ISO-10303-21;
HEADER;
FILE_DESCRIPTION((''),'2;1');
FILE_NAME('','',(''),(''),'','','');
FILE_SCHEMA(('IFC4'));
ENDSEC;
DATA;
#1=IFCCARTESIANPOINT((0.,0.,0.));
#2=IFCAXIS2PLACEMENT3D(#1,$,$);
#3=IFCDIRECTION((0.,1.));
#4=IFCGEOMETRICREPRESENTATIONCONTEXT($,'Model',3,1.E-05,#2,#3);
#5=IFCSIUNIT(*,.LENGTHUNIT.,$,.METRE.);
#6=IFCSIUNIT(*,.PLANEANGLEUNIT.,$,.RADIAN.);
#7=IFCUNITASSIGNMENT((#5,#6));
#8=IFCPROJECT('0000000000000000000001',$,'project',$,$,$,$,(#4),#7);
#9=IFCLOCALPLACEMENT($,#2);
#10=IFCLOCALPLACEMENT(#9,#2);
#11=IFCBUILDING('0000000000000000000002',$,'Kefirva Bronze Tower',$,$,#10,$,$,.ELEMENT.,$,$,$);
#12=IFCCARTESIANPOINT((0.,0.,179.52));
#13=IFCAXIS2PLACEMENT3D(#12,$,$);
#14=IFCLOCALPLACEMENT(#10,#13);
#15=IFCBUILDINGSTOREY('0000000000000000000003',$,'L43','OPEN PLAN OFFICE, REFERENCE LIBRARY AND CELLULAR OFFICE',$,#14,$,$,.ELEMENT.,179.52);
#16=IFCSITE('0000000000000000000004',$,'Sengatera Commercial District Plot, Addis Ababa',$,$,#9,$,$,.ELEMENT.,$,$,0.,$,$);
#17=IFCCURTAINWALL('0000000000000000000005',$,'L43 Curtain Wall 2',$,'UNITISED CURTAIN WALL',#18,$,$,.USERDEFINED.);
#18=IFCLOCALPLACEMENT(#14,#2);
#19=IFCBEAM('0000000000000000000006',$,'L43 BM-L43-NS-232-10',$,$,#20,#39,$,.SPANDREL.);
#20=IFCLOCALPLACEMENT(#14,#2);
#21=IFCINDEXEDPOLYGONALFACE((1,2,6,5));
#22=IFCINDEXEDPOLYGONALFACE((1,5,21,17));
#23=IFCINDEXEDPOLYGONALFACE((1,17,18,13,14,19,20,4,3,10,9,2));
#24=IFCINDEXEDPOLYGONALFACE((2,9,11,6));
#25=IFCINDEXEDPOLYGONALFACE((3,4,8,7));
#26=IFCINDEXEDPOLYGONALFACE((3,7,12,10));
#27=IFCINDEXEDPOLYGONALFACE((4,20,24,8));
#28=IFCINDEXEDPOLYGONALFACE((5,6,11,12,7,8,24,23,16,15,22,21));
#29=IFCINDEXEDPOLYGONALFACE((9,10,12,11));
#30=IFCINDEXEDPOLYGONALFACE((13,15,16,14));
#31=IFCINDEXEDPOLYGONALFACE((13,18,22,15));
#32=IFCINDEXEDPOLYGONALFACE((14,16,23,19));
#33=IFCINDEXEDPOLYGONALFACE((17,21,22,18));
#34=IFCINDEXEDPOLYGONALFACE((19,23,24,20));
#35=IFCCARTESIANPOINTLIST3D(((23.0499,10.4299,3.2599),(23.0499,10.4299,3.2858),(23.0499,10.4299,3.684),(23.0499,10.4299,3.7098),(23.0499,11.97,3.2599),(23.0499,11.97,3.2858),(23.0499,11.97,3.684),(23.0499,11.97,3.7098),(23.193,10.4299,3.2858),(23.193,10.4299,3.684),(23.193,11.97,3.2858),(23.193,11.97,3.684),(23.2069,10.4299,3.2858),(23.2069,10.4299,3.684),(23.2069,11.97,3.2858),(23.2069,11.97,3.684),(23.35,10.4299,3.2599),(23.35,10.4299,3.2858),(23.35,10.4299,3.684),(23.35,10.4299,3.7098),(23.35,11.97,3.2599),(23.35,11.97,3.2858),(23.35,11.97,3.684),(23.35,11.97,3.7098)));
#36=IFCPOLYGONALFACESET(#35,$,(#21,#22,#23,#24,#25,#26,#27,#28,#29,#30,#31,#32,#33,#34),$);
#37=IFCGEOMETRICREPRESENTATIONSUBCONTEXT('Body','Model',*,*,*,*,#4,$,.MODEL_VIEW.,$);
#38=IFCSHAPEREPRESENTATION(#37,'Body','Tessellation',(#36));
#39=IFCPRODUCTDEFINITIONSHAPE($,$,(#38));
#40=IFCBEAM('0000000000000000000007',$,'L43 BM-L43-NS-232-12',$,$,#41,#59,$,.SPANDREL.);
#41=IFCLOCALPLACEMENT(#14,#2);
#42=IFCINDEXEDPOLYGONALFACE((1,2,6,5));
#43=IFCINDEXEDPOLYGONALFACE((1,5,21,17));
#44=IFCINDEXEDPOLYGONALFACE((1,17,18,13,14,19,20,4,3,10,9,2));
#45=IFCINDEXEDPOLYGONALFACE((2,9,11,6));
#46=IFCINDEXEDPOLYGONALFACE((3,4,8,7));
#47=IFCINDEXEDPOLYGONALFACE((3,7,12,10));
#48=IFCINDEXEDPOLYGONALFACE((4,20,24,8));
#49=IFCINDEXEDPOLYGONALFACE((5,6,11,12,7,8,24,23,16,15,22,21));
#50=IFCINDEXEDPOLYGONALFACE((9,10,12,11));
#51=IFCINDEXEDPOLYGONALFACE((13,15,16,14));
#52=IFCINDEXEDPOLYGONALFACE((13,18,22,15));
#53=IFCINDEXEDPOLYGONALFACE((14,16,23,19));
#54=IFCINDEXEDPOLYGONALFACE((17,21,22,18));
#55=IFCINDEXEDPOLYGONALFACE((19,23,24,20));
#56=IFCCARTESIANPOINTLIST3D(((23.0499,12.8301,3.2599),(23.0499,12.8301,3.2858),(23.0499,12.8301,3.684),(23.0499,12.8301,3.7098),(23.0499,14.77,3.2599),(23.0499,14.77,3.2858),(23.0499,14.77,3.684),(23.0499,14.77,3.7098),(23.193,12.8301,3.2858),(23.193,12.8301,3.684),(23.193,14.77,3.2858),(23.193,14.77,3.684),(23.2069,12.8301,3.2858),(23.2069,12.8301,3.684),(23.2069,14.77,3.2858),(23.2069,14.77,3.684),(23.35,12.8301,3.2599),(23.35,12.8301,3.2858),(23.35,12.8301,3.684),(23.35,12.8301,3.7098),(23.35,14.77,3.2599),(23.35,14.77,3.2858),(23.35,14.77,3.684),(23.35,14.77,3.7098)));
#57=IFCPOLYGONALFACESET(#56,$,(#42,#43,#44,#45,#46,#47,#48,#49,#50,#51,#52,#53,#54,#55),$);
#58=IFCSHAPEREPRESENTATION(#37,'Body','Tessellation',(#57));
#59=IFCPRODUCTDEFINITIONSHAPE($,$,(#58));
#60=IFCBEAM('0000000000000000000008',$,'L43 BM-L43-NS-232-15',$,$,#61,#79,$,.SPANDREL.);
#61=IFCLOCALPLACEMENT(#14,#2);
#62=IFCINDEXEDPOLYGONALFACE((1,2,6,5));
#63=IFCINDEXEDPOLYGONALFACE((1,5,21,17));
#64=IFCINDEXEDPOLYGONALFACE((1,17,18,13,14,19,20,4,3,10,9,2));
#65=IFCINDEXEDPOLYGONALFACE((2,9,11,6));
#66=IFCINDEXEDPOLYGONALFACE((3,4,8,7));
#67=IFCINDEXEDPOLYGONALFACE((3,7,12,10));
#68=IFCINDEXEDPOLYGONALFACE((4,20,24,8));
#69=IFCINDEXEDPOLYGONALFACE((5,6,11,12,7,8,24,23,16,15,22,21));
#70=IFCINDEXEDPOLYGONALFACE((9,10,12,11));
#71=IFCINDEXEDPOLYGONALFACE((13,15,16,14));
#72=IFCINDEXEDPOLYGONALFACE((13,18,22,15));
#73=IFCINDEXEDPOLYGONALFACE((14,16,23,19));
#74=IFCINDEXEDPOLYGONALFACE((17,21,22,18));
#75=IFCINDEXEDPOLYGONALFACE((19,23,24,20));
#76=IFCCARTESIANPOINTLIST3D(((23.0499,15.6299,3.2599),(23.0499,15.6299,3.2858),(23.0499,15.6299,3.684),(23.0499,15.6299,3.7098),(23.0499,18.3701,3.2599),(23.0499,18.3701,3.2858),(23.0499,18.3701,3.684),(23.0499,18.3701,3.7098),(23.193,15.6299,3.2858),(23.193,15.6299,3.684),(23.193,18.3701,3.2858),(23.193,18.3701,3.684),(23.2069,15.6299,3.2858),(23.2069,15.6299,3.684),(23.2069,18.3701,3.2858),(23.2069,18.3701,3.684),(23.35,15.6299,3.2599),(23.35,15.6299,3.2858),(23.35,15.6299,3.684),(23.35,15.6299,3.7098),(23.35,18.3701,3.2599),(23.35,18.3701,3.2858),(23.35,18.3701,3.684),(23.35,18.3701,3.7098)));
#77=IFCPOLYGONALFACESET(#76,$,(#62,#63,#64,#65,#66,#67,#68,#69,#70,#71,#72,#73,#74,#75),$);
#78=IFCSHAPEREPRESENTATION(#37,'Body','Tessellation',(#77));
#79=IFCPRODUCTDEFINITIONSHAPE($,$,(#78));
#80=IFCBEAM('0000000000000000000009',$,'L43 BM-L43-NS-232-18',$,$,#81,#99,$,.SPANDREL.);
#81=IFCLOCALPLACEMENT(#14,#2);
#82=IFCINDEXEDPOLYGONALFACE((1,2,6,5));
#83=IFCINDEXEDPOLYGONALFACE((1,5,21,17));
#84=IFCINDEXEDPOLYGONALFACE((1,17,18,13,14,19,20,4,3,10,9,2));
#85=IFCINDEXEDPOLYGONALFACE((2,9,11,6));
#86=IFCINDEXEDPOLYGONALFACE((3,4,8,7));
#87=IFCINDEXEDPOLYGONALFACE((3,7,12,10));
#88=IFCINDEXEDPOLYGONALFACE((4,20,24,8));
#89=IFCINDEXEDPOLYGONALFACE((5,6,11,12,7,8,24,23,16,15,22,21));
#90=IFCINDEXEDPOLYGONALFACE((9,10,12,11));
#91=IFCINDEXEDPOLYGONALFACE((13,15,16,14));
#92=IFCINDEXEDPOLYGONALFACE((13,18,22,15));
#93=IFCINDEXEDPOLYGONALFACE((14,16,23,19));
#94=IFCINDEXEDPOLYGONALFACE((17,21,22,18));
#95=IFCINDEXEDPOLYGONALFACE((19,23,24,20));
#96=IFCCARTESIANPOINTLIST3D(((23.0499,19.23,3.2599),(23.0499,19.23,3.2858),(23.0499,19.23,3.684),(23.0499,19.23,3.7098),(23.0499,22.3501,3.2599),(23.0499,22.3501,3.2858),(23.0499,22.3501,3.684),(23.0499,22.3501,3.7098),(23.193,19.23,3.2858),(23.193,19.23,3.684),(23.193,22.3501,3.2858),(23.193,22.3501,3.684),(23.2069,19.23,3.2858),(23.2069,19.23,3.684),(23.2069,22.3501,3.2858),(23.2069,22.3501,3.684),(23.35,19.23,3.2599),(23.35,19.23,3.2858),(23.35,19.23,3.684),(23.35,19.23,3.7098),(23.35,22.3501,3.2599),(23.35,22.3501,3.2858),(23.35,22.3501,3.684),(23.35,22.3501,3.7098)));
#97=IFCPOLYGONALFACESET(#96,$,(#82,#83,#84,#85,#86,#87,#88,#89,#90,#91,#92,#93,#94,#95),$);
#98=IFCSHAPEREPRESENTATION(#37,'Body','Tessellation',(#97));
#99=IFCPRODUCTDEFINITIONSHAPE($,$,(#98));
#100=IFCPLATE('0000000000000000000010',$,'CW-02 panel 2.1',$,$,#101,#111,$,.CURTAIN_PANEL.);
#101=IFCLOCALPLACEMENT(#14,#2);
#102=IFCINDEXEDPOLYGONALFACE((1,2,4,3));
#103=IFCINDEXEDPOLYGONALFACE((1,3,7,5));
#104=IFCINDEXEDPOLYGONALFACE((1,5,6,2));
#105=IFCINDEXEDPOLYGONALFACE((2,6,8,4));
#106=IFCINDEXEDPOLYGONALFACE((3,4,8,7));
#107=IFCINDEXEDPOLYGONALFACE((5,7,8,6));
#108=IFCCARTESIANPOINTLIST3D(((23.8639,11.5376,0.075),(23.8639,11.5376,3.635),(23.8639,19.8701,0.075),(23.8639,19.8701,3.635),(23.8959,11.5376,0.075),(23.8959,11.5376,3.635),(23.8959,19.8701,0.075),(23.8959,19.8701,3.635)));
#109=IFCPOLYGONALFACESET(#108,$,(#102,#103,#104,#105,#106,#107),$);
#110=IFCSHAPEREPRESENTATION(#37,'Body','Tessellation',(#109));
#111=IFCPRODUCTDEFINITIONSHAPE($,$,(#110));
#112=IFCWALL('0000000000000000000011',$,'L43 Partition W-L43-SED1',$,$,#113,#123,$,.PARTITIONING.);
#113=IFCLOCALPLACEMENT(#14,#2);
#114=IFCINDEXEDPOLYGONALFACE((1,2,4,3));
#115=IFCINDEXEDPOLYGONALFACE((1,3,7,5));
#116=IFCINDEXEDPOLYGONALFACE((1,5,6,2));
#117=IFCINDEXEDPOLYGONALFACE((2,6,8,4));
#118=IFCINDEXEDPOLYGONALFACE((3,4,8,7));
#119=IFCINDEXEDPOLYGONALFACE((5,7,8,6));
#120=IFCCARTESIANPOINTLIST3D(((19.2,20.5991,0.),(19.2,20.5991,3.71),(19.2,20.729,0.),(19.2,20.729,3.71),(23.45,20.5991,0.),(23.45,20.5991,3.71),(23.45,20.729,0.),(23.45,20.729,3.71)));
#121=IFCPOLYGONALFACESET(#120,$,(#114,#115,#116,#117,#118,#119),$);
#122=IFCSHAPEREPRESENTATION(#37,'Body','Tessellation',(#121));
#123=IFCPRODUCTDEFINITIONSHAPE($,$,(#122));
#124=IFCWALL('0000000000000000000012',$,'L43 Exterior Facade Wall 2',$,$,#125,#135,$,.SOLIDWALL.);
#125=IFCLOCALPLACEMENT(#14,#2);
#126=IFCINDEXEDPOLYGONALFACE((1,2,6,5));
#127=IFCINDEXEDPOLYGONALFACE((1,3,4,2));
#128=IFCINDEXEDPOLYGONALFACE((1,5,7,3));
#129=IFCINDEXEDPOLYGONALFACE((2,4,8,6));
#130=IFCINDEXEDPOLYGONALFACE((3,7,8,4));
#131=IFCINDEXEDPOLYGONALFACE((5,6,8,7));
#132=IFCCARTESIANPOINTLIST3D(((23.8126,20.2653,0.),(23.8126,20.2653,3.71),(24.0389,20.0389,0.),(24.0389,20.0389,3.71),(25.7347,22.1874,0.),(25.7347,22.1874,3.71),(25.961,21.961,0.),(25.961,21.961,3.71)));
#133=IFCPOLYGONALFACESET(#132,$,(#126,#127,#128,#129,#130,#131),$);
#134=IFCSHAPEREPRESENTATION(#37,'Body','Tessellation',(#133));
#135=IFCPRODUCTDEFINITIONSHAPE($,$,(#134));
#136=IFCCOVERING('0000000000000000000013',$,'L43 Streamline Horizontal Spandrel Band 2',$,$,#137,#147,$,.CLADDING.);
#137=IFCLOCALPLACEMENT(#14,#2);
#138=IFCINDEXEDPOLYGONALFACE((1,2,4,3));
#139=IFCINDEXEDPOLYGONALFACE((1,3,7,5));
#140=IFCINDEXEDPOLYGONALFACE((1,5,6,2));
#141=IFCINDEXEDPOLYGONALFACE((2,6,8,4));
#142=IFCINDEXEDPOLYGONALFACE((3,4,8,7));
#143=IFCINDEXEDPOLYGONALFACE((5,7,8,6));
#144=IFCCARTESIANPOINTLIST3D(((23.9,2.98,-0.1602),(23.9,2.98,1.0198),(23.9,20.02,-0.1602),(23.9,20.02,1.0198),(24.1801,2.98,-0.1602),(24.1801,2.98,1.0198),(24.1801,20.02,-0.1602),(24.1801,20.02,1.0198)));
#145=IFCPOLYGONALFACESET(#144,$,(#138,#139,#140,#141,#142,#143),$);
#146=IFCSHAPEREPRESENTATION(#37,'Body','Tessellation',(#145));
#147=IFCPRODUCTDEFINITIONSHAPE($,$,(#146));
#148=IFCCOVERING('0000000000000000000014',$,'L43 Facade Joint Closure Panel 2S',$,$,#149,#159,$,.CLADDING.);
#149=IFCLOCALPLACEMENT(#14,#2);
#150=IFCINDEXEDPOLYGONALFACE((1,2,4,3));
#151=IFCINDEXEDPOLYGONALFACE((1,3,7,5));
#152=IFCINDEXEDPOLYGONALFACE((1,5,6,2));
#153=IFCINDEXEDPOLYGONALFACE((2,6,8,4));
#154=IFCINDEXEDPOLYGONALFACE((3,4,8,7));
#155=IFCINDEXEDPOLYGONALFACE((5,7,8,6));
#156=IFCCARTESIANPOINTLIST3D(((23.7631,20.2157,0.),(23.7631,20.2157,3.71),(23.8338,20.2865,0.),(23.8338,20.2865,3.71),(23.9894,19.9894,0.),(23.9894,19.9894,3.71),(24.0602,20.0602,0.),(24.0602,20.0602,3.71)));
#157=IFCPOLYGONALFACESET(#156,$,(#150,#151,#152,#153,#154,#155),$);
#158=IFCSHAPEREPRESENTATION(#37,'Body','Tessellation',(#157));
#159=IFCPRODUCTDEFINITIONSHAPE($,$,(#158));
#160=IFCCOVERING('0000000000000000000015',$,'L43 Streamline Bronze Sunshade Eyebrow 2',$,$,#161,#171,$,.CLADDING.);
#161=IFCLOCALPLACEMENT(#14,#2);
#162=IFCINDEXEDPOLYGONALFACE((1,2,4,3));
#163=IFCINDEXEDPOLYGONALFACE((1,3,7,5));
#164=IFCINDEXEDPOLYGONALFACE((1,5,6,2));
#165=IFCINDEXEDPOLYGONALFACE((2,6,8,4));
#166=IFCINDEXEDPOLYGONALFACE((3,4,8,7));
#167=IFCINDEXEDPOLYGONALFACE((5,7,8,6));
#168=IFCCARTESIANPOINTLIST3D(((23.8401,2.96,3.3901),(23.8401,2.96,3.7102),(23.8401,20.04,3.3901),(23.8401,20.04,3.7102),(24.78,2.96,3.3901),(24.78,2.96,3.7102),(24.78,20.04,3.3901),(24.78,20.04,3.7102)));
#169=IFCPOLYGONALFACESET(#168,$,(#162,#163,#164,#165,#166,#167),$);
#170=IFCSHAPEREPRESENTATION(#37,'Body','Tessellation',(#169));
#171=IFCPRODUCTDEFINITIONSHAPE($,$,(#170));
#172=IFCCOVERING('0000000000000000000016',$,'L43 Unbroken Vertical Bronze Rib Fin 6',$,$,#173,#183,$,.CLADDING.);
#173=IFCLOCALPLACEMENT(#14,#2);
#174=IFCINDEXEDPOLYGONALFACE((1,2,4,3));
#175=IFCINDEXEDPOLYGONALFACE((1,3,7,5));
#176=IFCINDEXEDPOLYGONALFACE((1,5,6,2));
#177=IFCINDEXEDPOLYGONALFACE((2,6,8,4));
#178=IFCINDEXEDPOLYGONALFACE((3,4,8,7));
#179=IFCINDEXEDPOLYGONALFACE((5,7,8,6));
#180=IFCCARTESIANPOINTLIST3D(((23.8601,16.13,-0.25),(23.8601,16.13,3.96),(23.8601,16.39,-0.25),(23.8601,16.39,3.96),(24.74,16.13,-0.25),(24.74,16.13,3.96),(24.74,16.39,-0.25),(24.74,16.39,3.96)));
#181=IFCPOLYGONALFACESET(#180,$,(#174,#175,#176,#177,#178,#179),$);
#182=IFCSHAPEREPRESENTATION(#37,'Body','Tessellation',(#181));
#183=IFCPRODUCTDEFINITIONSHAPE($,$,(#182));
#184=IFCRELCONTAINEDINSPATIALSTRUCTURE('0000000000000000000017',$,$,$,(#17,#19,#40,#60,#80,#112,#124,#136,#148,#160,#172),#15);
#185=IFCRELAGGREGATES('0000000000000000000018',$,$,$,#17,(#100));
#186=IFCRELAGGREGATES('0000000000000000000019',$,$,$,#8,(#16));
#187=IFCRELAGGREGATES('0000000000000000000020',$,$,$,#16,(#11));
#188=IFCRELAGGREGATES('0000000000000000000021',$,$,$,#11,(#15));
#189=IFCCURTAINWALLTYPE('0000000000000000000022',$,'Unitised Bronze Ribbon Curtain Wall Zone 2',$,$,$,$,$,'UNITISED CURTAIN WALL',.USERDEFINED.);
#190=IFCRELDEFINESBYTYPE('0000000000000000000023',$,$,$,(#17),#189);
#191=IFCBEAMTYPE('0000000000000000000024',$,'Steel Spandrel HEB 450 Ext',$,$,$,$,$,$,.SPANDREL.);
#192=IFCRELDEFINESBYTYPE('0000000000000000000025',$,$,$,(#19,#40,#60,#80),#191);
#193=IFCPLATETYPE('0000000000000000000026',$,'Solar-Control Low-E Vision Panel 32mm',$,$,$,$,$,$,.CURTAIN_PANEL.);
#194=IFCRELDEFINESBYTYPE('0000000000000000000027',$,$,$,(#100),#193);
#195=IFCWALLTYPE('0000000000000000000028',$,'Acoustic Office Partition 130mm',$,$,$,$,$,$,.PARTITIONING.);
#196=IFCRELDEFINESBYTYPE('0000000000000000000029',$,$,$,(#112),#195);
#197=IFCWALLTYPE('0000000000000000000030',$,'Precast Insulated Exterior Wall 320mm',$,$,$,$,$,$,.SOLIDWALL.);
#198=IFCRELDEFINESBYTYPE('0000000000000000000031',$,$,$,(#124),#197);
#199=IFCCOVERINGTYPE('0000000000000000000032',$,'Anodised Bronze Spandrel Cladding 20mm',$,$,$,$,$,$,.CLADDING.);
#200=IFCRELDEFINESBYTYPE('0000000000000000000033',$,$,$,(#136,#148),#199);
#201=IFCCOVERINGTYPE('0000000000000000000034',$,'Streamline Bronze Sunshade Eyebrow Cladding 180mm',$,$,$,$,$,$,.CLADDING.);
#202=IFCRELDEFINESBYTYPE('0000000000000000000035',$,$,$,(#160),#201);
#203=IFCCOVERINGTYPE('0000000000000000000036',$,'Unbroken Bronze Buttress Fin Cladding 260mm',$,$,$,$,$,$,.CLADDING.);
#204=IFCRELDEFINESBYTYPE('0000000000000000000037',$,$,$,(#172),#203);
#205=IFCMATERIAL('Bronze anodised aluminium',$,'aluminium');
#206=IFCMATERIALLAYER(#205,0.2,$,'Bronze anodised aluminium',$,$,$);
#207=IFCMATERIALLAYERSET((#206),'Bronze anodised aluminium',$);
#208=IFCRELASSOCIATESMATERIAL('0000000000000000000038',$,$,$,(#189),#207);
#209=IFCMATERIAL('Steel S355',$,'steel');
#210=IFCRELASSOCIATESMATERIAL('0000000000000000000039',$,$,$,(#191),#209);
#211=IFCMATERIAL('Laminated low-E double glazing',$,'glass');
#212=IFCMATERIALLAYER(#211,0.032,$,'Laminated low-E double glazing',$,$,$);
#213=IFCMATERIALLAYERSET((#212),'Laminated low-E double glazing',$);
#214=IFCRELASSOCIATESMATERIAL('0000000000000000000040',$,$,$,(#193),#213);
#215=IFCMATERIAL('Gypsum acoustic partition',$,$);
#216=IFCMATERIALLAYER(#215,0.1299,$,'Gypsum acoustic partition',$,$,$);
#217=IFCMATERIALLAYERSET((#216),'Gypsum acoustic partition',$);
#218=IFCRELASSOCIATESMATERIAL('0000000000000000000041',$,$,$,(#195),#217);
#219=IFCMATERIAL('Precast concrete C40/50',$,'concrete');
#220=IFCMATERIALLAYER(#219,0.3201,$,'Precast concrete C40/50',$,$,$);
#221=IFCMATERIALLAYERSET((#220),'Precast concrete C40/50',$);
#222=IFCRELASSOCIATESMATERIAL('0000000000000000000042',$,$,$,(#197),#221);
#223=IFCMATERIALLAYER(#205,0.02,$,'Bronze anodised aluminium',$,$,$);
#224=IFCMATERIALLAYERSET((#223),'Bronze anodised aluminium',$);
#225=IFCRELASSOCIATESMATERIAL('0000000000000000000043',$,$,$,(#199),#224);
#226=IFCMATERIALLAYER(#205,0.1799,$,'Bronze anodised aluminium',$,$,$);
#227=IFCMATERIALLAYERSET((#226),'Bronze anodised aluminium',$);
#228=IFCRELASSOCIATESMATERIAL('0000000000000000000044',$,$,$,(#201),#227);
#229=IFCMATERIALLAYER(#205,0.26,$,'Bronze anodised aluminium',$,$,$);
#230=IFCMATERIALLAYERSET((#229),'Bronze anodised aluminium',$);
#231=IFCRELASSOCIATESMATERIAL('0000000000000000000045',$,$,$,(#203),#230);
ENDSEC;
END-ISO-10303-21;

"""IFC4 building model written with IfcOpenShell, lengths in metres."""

from ifc_helpers import new_model, si_unit, direction, frame, frame_2d, origin, origin_2d, place, context, subcontext, project, spatial, rectangle, i_section, extrude, material, layer, layer_set, material_profile, profile_set, type_object, element, aggregate, save


model = new_model("IFC4")

# Units and contexts
model_context = context("Model", 3, precision=1e-05, world=origin(), true_north=direction((0.0, 1.0)))
body_context = subcontext(model_context, "Body", "Model", "MODEL_VIEW")
ifc_project = project(units=[si_unit("LENGTHUNIT", "METRE"), si_unit("PLANEANGLEUNIT", "RADIAN")], contexts=[model_context])

# Site, building, storey
site_placement = place(None, origin())
site = spatial("IfcSite", under=ifc_project, at=site_placement, Name="Sengatera Commercial District Plot, Addis Ababa", CompositionType="ELEMENT", RefElevation=0.0)
building_placement = place(site_placement, origin())
building = spatial("IfcBuilding", under=site, at=building_placement, Name="Kefirva Bronze Tower", CompositionType="ELEMENT")
storey_placement = place(building_placement, frame((0.0, 0.0, 179.52)))
storey = spatial("IfcBuildingStorey", under=building, at=storey_placement, Name="L43", Description="OPEN PLAN OFFICE, REFERENCE LIBRARY AND CELLULAR OFFICE", CompositionType="ELEMENT", Elevation=179.52)

# Curtain wall
ifc_material_1 = material(Name="Bronze anodised aluminium", Category="aluminium")
ifc_layer_1 = layer(ifc_material_1, 0.2, Name="Bronze anodised aluminium")
ifc_layer_set_1 = layer_set([ifc_layer_1], Name="Bronze anodised aluminium")
curtain_wall_type = type_object("IfcCurtainWallType", Name="Unitised Bronze Ribbon Curtain Wall Zone 2", ElementType="UNITISED CURTAIN WALL", PredefinedType="USERDEFINED", material=ifc_layer_set_1)
curtain_wall_placement = place(storey_placement, origin())
curtain_wall = element("IfcCurtainWall", 1, at=curtain_wall_placement, inside=storey, type_object=curtain_wall_type, Name="L43 Curtain Wall 2", ObjectType="UNITISED CURTAIN WALL", PredefinedType="USERDEFINED")

# Beams
ifc_material_2 = material(Name="Steel S355", Category="steel")
ifc_material_profile_1 = material_profile(ifc_material_2, i_section(OverallWidth=0.3, OverallDepth=0.45, WebThickness=0.0139, FlangeThickness=0.0259, at=origin_2d()), Name="HEB 450")
ifc_profile_set_1 = profile_set([ifc_material_profile_1], Name="Steel S355")
beam_type_1 = type_object("IfcBeamType", Name="Steel Spandrel HEB 450 Ext", PredefinedType="SPANDREL", material=ifc_profile_set_1)
beam_1_placement = place(storey_placement, frame((23.2, 10.4299, 3.4849), z_axis=(0.0, 1.0, 0.0), x_axis=(-1.0, 0.0, 0.0)))
element("IfcBeam", 2, at=beam_1_placement, inside=storey, type_object=beam_type_1, Name="L43 BM-L43-NS-232-10", PredefinedType="SPANDREL", context=body_context, shape_type="SweptSolid", body=[
    extrude(i_section(OverallWidth=0.3, OverallDepth=0.45, WebThickness=0.0139, FlangeThickness=0.0259, at=origin_2d()), origin(), (0.0, 0.0, 1.0), 1.54),
])
beam_2_placement = place(storey_placement, frame((23.2, 12.8301, 3.4849), z_axis=(0.0, 1.0, 0.0), x_axis=(-1.0, 0.0, 0.0)))
element("IfcBeam", 3, at=beam_2_placement, inside=storey, type_object=beam_type_1, Name="L43 BM-L43-NS-232-12", PredefinedType="SPANDREL", context=body_context, shape_type="SweptSolid", body=[
    extrude(i_section(OverallWidth=0.3, OverallDepth=0.45, WebThickness=0.0139, FlangeThickness=0.0259, at=origin_2d()), origin(), (0.0, 0.0, 1.0), 1.9399),
])
beam_3_placement = place(storey_placement, frame((23.2, 15.6299, 3.4849), z_axis=(0.0, 1.0, 0.0), x_axis=(-1.0, 0.0, 0.0)))
element("IfcBeam", 4, at=beam_3_placement, inside=storey, type_object=beam_type_1, Name="L43 BM-L43-NS-232-15", PredefinedType="SPANDREL", context=body_context, shape_type="SweptSolid", body=[
    extrude(i_section(OverallWidth=0.3, OverallDepth=0.45, WebThickness=0.0139, FlangeThickness=0.0259, at=origin_2d()), origin(), (0.0, 0.0, 1.0), 2.7402),
])
beam_4_placement = place(storey_placement, frame((23.2, 19.23, 3.4849), z_axis=(0.0, 1.0, 0.0), x_axis=(-1.0, 0.0, 0.0)))
element("IfcBeam", 5, at=beam_4_placement, inside=storey, type_object=beam_type_1, Name="L43 BM-L43-NS-232-18", PredefinedType="SPANDREL", context=body_context, shape_type="SweptSolid", body=[
    extrude(i_section(OverallWidth=0.3, OverallDepth=0.45, WebThickness=0.0139, FlangeThickness=0.0259, at=origin_2d()), origin(), (0.0, 0.0, 1.0), 3.1201),
])

# Plate
ifc_material_3 = material(Name="Laminated low-E double glazing", Category="glass")
ifc_layer_2 = layer(ifc_material_3, 0.032, Name="Laminated low-E double glazing")
ifc_layer_set_2 = layer_set([ifc_layer_2], Name="Laminated low-E double glazing")
plate_type = type_object("IfcPlateType", Name="Solar-Control Low-E Vision Panel 32mm", PredefinedType="CURTAIN_PANEL", material=ifc_layer_set_2)
plate_placement = place(storey_placement, frame((23.8799, 15.7039, 0.075), z_axis=(0.0, 0.0, 1.0), x_axis=(0.0, 1.0, 0.0)))
plate = element("IfcPlate", 6, at=plate_placement, type_object=plate_type, Name="CW-02 panel 2.1", PredefinedType="CURTAIN_PANEL", context=body_context, shape_type="SweptSolid", body=[
    extrude(rectangle(XDim=8.3325, YDim=0.032, at=origin_2d()), origin(), (0.0, 0.0, 1.0), 3.5601),
])
aggregate(curtain_wall, [plate])

# Walls
ifc_material_4 = material(Name="Gypsum acoustic partition")
ifc_layer_3 = layer(ifc_material_4, 0.1299, Name="Gypsum acoustic partition")
ifc_layer_set_3 = layer_set([ifc_layer_3], Name="Gypsum acoustic partition")
wall_type_1 = type_object("IfcWallType", Name="Acoustic Office Partition 130mm", PredefinedType="PARTITIONING", material=ifc_layer_set_3)
wall_1_placement = place(storey_placement, frame((19.2, 20.6641, 0.0), z_axis=(0.0, 0.0, 1.0), x_axis=(1.0, 0.0, 0.0)))
element("IfcWall", 7, at=wall_1_placement, inside=storey, type_object=wall_type_1, Name="L43 Partition W-L43-SED1", PredefinedType="PARTITIONING", context=body_context, shape_type="SweptSolid", body=[
    extrude(rectangle(XDim=4.25, YDim=0.1299, at=frame_2d((2.125, 0.0))), origin(), (0.0, 0.0, 1.0), 3.71),
])
ifc_material_5 = material(Name="Precast concrete C40/50", Category="concrete")
ifc_layer_4 = layer(ifc_material_5, 0.3201, Name="Precast concrete C40/50")
ifc_layer_set_4 = layer_set([ifc_layer_4], Name="Precast concrete C40/50")
wall_type_2 = type_object("IfcWallType", Name="Precast Insulated Exterior Wall 320mm", PredefinedType="SOLIDWALL", material=ifc_layer_set_4)
wall_2_placement = place(storey_placement, frame((23.9258, 20.1521, 0.0), z_axis=(0.0, 0.0, 1.0), x_axis=(0.707107, 0.707107, 0.0)))
element("IfcWall", 8, at=wall_2_placement, inside=storey, type_object=wall_type_2, Name="L43 Exterior Facade Wall 2", PredefinedType="SOLIDWALL", context=body_context, shape_type="SweptSolid", body=[
    extrude(rectangle(XDim=2.7183, YDim=0.3201, at=frame_2d((1.3591, 0.0))), origin(), (0.0, 0.0, 1.0), 3.71),
])

# Coverings
ifc_layer_5 = layer(ifc_material_1, 0.02, Name="Bronze anodised aluminium")
ifc_layer_set_5 = layer_set([ifc_layer_5], Name="Bronze anodised aluminium")
covering_type_1 = type_object("IfcCoveringType", Name="Anodised Bronze Spandrel Cladding 20mm", PredefinedType="CLADDING", material=ifc_layer_set_5)
covering_1_placement = place(storey_placement, frame((24.04, 11.5, -0.1602), z_axis=(0.0, 0.0, 1.0), x_axis=(0.0, 1.0, 0.0)))
element("IfcCovering", 9, at=covering_1_placement, inside=storey, type_object=covering_type_1, Name="L43 Streamline Horizontal Spandrel Band 2", PredefinedType="CLADDING", context=body_context, shape_type="SweptSolid", body=[
    extrude(rectangle(XDim=17.04, YDim=0.28, at=origin_2d()), origin(), (0.0, 0.0, 1.0), 1.1799),
])
covering_2_placement = place(storey_placement, frame((23.9116, 20.1379, 0.0), z_axis=(0.0, 0.0, 1.0), x_axis=(0.707107, 0.707107, 0.0)))
element("IfcCovering", 10, at=covering_2_placement, inside=storey, type_object=covering_type_1, Name="L43 Facade Joint Closure Panel 2S", PredefinedType="CLADDING", context=body_context, shape_type="SweptSolid", body=[
    extrude(rectangle(XDim=0.1001, YDim=0.3201, at=origin_2d()), origin(), (0.0, 0.0, 1.0), 3.71),
])
ifc_layer_6 = layer(ifc_material_1, 0.1799, Name="Bronze anodised aluminium")
ifc_layer_set_6 = layer_set([ifc_layer_6], Name="Bronze anodised aluminium")
covering_type_2 = type_object("IfcCoveringType", Name="Streamline Bronze Sunshade Eyebrow Cladding 180mm", PredefinedType="CLADDING", material=ifc_layer_set_6)
covering_3_placement = place(storey_placement, frame((24.3101, 11.5, 3.3901), z_axis=(0.0, 0.0, 1.0), x_axis=(0.0, 1.0, 0.0)))
element("IfcCovering", 11, at=covering_3_placement, inside=storey, type_object=covering_type_2, Name="L43 Streamline Bronze Sunshade Eyebrow 2", PredefinedType="CLADDING", context=body_context, shape_type="SweptSolid", body=[
    extrude(rectangle(XDim=17.0801, YDim=0.9399, at=origin_2d()), origin(), (0.0, 0.0, 1.0), 0.3201),
])
ifc_layer_7 = layer(ifc_material_1, 0.26, Name="Bronze anodised aluminium")
ifc_layer_set_7 = layer_set([ifc_layer_7], Name="Bronze anodised aluminium")
covering_type_3 = type_object("IfcCoveringType", Name="Unbroken Bronze Buttress Fin Cladding 260mm", PredefinedType="CLADDING", material=ifc_layer_set_7)
covering_4_placement = place(storey_placement, frame((24.3, 16.26, -0.25), z_axis=(0.0, 0.0, 1.0), x_axis=(0.0, 1.0, 0.0)))
element("IfcCovering", 12, at=covering_4_placement, inside=storey, type_object=covering_type_3, Name="L43 Unbroken Vertical Bronze Rib Fin 6", PredefinedType="CLADDING", context=body_context, shape_type="SweptSolid", body=[
    extrude(rectangle(XDim=0.26, YDim=0.8799, at=origin_2d()), origin(), (0.0, 0.0, 1.0), 4.21),
])

save(model, "model.ifc")
